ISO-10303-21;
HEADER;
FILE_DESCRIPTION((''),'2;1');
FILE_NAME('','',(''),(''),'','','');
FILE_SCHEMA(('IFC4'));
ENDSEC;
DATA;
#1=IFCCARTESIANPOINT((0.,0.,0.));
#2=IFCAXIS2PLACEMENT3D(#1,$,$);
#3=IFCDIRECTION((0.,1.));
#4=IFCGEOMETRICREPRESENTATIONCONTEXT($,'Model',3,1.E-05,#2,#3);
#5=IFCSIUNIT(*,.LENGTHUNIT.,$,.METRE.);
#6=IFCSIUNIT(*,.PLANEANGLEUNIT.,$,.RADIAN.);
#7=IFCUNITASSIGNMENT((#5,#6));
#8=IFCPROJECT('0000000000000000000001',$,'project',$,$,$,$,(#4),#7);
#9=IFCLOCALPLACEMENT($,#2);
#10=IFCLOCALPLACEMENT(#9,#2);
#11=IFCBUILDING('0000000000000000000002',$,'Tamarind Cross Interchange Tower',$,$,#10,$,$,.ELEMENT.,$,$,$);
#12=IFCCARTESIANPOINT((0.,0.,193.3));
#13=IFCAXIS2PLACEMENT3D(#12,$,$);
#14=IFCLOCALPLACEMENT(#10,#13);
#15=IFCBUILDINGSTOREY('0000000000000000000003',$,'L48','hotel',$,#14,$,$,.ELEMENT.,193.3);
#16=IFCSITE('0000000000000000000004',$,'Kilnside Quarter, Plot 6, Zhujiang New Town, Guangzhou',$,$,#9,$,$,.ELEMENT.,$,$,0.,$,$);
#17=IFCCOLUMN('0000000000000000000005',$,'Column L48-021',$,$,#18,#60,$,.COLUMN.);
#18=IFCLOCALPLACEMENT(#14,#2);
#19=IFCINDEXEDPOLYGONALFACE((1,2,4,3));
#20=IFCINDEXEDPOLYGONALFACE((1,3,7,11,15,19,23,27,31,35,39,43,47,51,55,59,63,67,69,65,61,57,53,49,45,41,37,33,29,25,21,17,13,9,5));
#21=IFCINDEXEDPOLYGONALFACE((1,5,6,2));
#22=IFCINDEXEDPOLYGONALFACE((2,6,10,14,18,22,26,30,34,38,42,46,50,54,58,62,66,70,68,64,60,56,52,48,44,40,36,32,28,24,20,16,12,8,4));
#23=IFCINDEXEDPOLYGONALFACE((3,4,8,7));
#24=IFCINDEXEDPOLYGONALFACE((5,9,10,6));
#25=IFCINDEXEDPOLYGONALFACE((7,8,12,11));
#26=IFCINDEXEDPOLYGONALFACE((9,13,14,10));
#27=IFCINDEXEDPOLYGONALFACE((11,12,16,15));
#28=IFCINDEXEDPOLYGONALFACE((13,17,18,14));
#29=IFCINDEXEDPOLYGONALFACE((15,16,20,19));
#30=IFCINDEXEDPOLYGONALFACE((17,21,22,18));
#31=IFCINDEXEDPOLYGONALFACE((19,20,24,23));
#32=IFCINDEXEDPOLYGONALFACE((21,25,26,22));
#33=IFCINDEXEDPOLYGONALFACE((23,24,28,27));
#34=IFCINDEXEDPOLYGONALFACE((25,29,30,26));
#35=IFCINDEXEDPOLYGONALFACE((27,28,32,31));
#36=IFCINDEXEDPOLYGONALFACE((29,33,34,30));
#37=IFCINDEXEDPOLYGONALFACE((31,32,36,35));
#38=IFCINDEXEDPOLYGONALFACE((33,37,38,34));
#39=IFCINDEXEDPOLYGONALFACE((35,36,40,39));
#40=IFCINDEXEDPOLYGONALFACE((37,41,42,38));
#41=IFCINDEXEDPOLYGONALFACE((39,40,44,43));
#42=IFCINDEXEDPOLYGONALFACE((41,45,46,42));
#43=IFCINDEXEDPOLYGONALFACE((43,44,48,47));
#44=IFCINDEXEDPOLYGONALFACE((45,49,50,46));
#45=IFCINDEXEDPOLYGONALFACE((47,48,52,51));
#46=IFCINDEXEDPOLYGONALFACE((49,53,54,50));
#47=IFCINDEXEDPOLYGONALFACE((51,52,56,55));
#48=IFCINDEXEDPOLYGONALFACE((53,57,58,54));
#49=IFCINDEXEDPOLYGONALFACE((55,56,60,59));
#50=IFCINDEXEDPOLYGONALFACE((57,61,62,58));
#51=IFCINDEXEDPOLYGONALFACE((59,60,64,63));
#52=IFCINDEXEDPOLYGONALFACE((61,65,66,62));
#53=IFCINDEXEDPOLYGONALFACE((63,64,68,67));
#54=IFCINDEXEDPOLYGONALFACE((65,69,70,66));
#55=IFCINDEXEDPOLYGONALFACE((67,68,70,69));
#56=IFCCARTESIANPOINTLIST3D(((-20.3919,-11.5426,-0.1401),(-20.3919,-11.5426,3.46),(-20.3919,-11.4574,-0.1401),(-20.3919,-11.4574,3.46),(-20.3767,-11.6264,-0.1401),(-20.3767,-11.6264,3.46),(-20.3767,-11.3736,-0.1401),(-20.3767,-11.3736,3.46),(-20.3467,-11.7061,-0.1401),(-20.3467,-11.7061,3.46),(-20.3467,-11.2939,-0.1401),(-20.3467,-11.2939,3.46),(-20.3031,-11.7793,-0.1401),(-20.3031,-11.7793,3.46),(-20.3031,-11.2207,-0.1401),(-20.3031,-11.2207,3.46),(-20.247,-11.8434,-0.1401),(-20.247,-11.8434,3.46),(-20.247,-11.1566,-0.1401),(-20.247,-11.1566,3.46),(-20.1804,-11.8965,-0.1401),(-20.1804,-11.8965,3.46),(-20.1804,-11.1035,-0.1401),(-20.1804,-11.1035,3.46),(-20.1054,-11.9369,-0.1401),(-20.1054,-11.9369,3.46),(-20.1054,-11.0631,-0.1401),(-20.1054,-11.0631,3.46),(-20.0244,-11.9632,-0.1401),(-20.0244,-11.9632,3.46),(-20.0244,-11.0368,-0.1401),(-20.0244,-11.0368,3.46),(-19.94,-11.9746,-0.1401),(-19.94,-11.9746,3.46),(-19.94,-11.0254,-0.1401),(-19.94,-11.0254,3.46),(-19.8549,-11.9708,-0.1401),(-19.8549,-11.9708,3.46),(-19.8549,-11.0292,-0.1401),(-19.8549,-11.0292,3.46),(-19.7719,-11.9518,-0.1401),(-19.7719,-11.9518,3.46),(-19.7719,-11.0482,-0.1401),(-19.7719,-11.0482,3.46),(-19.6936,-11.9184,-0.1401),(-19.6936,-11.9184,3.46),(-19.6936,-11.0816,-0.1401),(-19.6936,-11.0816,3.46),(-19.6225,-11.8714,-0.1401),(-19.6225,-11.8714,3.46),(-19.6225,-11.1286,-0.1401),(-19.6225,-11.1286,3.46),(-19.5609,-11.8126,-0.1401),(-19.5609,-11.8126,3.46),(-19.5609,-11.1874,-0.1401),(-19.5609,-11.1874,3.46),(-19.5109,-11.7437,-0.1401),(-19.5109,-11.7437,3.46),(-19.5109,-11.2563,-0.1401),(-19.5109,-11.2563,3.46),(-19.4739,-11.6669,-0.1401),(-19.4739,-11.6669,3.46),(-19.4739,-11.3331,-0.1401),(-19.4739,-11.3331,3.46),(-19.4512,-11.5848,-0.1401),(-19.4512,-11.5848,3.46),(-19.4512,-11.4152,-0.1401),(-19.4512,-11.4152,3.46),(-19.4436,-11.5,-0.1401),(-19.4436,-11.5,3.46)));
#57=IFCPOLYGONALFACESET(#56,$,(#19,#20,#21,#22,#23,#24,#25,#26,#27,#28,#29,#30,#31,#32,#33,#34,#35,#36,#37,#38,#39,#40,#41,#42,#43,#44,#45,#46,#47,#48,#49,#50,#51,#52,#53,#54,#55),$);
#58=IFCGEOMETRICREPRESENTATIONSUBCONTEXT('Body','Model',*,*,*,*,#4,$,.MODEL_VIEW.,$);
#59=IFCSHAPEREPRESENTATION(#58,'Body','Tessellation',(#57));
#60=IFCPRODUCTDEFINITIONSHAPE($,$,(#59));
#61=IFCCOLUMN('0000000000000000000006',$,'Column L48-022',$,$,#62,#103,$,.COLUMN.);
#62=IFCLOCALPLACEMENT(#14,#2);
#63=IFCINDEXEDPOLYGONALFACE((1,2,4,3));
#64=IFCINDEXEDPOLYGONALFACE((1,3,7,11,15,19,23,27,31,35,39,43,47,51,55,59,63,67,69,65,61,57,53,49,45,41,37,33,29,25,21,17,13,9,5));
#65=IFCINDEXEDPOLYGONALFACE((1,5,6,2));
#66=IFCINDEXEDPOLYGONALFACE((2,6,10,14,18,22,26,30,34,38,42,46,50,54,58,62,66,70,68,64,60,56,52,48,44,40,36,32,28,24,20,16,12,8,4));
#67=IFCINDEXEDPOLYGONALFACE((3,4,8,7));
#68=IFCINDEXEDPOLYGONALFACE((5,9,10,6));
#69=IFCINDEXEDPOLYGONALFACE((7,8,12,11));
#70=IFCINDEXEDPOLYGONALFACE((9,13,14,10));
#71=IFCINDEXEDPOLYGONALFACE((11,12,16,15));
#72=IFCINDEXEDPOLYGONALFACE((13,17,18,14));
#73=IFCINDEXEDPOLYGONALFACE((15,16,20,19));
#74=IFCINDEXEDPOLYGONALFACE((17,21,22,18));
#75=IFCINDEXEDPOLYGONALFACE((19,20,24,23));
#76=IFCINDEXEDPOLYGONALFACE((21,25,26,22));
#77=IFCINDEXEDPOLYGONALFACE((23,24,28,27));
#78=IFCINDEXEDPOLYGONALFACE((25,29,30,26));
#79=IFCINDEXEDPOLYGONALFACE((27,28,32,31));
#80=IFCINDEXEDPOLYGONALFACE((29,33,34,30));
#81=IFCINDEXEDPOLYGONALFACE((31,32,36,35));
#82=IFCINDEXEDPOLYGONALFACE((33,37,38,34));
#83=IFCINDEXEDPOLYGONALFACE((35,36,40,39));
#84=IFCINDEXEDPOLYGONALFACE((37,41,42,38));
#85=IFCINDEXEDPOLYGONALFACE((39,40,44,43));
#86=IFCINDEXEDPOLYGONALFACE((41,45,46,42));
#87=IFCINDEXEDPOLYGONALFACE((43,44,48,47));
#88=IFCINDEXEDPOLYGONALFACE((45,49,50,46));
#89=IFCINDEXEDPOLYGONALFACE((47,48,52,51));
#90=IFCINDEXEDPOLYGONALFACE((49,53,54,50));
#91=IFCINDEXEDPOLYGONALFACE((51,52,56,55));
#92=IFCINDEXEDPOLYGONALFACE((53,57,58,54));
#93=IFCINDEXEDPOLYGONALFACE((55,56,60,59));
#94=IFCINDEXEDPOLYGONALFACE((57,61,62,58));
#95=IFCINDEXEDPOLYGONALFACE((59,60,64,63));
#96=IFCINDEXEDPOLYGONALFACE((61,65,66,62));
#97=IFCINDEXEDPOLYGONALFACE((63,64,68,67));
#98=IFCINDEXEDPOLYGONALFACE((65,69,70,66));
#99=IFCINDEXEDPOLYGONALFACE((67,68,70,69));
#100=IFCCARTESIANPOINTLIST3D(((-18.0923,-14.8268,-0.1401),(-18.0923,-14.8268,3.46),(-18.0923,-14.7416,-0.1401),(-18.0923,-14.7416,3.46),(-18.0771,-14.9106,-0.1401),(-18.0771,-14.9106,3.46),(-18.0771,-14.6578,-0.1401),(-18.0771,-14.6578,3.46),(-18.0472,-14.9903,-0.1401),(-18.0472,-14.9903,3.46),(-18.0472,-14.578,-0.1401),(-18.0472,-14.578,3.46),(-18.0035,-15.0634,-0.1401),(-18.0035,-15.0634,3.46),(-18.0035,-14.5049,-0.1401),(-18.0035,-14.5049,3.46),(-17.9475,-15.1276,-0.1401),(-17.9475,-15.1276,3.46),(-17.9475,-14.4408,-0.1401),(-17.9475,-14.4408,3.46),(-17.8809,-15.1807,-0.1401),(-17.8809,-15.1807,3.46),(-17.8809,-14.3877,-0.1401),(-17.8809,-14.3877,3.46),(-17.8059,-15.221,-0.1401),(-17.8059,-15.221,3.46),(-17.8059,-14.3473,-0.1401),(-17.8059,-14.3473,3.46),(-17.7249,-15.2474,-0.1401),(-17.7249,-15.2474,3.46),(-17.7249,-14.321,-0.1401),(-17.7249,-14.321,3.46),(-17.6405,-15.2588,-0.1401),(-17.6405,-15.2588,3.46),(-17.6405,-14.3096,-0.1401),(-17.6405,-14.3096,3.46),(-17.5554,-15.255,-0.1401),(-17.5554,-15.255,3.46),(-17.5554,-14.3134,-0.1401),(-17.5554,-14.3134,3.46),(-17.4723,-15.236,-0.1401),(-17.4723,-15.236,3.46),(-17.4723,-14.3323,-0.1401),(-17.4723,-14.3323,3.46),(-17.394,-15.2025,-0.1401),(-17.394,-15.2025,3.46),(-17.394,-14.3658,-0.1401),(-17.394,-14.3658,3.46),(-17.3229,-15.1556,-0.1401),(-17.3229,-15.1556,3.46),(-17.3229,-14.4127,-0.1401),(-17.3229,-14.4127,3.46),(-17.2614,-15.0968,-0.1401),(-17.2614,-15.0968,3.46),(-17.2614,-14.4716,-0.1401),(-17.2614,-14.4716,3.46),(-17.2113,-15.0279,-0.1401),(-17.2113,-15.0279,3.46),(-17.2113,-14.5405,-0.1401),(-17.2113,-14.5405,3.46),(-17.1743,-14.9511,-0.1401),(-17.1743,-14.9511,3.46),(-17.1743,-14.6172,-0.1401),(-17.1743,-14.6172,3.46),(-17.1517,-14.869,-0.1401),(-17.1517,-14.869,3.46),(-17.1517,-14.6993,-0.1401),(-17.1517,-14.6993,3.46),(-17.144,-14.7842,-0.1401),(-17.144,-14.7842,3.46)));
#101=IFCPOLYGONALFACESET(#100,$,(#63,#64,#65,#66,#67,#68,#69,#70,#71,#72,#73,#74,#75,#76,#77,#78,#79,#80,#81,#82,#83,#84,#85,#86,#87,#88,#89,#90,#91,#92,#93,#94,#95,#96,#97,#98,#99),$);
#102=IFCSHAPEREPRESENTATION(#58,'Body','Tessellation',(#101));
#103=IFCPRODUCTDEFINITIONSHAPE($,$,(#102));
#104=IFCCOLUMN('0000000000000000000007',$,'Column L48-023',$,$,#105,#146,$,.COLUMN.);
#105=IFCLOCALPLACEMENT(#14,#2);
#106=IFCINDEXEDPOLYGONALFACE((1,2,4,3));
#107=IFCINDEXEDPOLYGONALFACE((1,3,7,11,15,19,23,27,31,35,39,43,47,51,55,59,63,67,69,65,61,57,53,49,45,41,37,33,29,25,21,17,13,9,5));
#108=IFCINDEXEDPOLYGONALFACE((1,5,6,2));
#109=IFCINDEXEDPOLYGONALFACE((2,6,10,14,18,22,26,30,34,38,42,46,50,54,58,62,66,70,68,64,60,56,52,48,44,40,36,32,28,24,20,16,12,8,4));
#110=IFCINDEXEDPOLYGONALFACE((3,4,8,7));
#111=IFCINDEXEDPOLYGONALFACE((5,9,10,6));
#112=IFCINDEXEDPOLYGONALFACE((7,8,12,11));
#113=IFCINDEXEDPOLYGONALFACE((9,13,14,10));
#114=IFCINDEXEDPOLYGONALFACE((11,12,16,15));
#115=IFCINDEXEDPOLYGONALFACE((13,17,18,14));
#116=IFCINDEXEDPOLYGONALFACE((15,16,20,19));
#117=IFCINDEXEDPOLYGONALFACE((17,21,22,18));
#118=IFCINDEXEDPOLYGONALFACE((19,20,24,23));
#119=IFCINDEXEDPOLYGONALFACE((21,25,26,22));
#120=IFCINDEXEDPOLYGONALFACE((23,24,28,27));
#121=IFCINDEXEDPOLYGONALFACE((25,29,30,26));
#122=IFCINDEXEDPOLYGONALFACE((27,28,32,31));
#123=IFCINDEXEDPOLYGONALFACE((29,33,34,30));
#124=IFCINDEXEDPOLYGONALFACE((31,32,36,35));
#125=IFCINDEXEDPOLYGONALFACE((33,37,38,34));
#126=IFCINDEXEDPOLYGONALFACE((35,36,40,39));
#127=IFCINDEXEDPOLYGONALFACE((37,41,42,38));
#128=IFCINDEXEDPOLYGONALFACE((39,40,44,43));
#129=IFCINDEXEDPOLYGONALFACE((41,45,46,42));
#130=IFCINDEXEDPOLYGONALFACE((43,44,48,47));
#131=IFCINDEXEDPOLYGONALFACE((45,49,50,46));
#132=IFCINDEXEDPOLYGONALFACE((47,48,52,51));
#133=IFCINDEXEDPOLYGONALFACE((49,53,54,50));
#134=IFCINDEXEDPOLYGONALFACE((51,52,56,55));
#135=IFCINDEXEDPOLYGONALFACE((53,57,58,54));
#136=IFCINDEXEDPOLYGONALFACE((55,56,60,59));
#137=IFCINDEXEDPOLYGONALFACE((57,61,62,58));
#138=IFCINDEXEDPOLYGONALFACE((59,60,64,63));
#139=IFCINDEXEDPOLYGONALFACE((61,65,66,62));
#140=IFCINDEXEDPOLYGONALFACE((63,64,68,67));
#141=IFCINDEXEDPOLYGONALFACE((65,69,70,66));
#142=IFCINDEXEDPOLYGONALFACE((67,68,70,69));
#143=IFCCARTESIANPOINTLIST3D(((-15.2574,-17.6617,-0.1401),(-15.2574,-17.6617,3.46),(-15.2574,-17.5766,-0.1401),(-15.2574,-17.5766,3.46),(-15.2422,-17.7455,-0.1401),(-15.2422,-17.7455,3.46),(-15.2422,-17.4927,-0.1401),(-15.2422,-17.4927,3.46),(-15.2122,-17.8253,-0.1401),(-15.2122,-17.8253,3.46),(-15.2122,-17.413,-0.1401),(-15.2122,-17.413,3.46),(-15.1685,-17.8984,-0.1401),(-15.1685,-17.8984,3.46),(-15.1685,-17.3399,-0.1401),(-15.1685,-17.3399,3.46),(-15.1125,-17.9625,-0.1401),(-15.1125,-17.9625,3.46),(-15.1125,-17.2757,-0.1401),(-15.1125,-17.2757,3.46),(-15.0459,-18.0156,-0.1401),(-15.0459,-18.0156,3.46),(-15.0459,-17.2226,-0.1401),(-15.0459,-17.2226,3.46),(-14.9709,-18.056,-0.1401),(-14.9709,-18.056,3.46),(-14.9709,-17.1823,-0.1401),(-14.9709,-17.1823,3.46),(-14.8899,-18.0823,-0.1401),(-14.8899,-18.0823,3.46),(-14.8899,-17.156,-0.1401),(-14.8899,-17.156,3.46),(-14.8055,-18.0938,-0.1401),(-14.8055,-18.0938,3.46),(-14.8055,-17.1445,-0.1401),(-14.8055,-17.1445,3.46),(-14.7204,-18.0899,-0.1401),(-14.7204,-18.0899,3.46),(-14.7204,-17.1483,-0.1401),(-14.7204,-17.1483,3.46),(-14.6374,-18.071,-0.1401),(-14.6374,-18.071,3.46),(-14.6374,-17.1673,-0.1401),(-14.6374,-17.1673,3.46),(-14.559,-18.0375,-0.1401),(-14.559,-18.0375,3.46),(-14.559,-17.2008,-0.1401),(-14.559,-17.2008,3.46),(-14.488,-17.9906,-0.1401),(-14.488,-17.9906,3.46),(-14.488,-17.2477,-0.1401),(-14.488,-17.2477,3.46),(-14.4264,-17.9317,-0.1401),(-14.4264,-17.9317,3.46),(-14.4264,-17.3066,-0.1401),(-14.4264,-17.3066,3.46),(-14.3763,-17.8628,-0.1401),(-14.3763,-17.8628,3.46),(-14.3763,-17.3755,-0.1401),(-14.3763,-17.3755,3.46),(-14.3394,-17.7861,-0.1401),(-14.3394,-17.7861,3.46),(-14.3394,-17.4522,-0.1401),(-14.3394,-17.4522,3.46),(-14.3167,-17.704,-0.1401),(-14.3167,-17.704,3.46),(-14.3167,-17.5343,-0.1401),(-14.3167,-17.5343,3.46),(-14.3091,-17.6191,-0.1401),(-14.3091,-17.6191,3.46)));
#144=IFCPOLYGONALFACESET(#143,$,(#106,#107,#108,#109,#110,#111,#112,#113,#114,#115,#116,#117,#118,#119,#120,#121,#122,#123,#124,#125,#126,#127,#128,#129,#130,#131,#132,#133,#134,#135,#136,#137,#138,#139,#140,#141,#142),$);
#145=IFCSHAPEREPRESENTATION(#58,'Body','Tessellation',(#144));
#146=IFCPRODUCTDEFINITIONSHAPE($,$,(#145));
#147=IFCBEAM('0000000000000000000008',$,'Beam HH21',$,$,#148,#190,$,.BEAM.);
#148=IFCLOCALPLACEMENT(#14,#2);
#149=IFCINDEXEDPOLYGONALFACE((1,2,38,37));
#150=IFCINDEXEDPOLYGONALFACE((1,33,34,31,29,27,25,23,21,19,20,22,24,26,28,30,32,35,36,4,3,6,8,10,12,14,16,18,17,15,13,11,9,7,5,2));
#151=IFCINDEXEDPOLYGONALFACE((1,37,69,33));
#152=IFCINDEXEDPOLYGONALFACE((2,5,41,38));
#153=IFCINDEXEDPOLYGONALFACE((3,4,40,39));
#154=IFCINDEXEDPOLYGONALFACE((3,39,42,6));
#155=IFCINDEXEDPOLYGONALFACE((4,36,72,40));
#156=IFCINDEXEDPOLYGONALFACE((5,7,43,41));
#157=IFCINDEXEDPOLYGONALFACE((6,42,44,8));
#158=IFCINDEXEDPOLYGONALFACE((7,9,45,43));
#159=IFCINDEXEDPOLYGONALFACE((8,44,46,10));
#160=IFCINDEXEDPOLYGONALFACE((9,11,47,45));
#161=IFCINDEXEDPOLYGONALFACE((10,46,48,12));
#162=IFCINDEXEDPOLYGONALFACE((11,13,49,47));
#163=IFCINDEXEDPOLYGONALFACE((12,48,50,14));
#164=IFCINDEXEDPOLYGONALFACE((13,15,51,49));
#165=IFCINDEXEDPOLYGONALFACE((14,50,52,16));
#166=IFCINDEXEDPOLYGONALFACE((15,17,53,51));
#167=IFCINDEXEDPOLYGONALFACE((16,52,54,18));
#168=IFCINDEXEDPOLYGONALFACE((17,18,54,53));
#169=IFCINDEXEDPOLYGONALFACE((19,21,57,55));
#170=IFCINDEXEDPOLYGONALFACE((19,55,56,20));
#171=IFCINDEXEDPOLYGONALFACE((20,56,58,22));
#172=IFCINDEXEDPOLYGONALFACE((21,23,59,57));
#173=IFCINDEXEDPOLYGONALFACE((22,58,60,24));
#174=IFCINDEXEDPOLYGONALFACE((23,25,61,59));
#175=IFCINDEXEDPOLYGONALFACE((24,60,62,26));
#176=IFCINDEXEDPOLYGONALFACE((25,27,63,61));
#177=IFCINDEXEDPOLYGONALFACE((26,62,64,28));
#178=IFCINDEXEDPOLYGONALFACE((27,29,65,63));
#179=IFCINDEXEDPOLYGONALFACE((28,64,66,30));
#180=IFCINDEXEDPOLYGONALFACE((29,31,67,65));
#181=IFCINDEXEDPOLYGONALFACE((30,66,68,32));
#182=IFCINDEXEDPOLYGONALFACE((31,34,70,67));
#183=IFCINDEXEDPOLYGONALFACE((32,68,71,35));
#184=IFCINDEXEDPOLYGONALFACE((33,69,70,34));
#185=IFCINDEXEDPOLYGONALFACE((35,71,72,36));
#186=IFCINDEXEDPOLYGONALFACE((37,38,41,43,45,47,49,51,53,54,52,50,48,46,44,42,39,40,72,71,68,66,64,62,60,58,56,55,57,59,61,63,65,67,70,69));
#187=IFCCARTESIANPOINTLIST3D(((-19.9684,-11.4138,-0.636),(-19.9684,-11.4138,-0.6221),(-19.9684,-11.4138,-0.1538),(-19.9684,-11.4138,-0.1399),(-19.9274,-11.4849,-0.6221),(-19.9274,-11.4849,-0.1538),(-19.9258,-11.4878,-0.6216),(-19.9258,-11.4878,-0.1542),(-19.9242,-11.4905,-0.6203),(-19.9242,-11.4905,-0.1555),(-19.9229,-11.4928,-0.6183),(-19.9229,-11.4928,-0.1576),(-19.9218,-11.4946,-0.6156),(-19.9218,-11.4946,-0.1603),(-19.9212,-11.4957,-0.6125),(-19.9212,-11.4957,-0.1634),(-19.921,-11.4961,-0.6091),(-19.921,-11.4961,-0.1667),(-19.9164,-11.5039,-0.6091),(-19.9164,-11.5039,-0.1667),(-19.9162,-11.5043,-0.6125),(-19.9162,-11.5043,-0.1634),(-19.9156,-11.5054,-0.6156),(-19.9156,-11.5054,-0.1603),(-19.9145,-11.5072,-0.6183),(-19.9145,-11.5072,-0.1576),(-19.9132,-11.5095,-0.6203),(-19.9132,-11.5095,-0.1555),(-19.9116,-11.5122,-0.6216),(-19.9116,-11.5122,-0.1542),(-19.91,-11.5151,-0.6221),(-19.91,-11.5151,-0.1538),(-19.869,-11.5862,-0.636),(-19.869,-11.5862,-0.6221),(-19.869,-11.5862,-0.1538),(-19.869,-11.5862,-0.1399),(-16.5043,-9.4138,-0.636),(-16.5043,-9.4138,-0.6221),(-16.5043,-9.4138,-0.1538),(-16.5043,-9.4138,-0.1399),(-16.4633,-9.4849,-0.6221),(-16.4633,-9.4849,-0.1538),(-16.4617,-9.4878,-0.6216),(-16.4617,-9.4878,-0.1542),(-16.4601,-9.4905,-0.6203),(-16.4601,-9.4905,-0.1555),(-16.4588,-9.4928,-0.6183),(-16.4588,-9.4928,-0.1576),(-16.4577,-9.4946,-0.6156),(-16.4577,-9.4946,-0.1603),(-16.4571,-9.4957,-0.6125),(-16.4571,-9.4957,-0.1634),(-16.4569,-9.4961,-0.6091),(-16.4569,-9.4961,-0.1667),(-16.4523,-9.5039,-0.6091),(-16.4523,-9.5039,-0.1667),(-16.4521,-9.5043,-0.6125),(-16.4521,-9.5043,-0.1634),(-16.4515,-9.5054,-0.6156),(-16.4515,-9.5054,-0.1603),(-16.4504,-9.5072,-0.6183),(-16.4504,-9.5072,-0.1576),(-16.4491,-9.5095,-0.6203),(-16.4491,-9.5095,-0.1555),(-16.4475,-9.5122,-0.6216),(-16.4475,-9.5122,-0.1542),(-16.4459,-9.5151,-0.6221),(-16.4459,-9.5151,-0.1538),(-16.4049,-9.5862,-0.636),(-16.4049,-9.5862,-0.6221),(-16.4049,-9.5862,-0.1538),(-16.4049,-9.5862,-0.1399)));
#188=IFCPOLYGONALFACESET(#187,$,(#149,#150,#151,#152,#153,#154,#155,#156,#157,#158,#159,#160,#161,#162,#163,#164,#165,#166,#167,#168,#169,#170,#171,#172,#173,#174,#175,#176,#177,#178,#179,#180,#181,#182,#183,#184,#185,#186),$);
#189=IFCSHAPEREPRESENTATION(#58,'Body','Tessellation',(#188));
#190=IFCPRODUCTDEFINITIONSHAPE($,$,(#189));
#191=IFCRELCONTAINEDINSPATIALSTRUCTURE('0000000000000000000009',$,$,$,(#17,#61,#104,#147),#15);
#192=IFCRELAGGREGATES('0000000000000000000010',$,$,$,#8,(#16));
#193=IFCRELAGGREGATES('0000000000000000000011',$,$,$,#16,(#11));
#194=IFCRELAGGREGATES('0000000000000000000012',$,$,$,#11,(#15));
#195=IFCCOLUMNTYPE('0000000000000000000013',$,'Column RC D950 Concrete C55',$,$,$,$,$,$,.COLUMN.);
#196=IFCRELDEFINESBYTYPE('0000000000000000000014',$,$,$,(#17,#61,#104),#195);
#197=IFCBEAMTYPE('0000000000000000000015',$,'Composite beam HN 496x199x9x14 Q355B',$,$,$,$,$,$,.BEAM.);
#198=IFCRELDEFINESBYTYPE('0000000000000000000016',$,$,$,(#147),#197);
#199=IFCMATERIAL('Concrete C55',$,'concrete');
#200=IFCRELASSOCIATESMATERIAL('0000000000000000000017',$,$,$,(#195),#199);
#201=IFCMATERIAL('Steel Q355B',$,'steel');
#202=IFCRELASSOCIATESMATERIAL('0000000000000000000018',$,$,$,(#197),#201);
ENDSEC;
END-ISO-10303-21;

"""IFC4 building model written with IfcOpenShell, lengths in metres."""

from ifc_helpers import new_model, si_unit, direction, frame, origin, origin_2d, place, context, subcontext, project, spatial, circle, i_section, extrude, material, material_profile, profile_set, type_object, element, save


model = new_model("IFC4")

# Units and contexts
model_context = context("Model", 3, precision=1e-05, world=origin(), true_north=direction((0.0, 1.0)))
body_context = subcontext(model_context, "Body", "Model", "MODEL_VIEW")
ifc_project = project(units=[si_unit("LENGTHUNIT", "METRE"), si_unit("PLANEANGLEUNIT", "RADIAN")], contexts=[model_context])

# Site, building, storey
site_placement = place(None, origin())
site = spatial("IfcSite", under=ifc_project, at=site_placement, Name="Kilnside Quarter, Plot 6, Zhujiang New Town, Guangzhou", CompositionType="ELEMENT", RefElevation=0.0)
building_placement = place(site_placement, origin())
building = spatial("IfcBuilding", under=site, at=building_placement, Name="Tamarind Cross Interchange Tower", CompositionType="ELEMENT")
storey_placement = place(building_placement, frame((0.0, 0.0, 193.3)))
storey = spatial("IfcBuildingStorey", under=building, at=storey_placement, Name="L48", Description="hotel", CompositionType="ELEMENT", Elevation=193.3)

# Columns
ifc_material_1 = material(Name="Concrete C55", Category="concrete")
ifc_material_profile_1 = material_profile(ifc_material_1, circle(Radius=0.4751, at=origin_2d()), Name="RC D950")
ifc_profile_set_1 = profile_set([ifc_material_profile_1], Name="Concrete C55")
column_type = type_object("IfcColumnType", Name="Column RC D950 Concrete C55", PredefinedType="COLUMN", material=ifc_profile_set_1)
for number, where, z_axis, x_axis, name in (
    (1, (-19.9187, -11.5, -0.1401), (0.0, 0.0, 1.0), (1.0, 0.0, 0.0), "Column L48-021"),
    (2, (-17.6191, -14.7842, -0.1401), (0.0, 0.0, 1.0), (1.0, 0.0, 0.0), "Column L48-022"),
    (3, (-14.7842, -17.6191, -0.1401), (0.0, 0.0, 1.0), (1.0, 0.0, 0.0), "Column L48-023"),
):
    element("IfcColumn", number, at=place(storey_placement, frame(where, z_axis=z_axis, x_axis=x_axis)), inside=storey, type_object=column_type, Name=name, PredefinedType="COLUMN", context=body_context, shape_type="SweptSolid", body=[
        extrude(circle(Radius=0.4751, at=origin_2d()), origin(), (0.0, 0.0, 1.0), 3.6001),
    ])

# Beam
ifc_material_2 = material(Name="Steel Q355B", Category="steel")
ifc_material_profile_2 = material_profile(ifc_material_2, i_section(OverallWidth=0.199, OverallDepth=0.4961, WebThickness=0.009, FlangeThickness=0.0139, FilletRadius=0.0129, at=origin_2d()), Name="HN 496x199x9x14")
ifc_profile_set_2 = profile_set([ifc_material_profile_2], Name="Steel Q355B")
beam_type = type_object("IfcBeamType", Name="Composite beam HN 496x199x9x14 Q355B", PredefinedType="BEAM", material=ifc_profile_set_2)
beam_1_placement = place(storey_placement, frame((-19.9187, -11.5, -0.3879), z_axis=(0.866026, 0.499999, 0.0), x_axis=(-0.499999, 0.866026, 0.0)))
element("IfcBeam", 4, at=beam_1_placement, inside=storey, type_object=beam_type, Name="Beam HH21", PredefinedType="BEAM", context=body_context, shape_type="SweptSolid", body=[
    extrude(i_section(OverallWidth=0.199, OverallDepth=0.4961, WebThickness=0.009, FlangeThickness=0.0139, FilletRadius=0.0129, at=origin_2d()), origin(), (0.0, 0.0, 1.0), 4.0),
])

save(model, "model.ifc")
